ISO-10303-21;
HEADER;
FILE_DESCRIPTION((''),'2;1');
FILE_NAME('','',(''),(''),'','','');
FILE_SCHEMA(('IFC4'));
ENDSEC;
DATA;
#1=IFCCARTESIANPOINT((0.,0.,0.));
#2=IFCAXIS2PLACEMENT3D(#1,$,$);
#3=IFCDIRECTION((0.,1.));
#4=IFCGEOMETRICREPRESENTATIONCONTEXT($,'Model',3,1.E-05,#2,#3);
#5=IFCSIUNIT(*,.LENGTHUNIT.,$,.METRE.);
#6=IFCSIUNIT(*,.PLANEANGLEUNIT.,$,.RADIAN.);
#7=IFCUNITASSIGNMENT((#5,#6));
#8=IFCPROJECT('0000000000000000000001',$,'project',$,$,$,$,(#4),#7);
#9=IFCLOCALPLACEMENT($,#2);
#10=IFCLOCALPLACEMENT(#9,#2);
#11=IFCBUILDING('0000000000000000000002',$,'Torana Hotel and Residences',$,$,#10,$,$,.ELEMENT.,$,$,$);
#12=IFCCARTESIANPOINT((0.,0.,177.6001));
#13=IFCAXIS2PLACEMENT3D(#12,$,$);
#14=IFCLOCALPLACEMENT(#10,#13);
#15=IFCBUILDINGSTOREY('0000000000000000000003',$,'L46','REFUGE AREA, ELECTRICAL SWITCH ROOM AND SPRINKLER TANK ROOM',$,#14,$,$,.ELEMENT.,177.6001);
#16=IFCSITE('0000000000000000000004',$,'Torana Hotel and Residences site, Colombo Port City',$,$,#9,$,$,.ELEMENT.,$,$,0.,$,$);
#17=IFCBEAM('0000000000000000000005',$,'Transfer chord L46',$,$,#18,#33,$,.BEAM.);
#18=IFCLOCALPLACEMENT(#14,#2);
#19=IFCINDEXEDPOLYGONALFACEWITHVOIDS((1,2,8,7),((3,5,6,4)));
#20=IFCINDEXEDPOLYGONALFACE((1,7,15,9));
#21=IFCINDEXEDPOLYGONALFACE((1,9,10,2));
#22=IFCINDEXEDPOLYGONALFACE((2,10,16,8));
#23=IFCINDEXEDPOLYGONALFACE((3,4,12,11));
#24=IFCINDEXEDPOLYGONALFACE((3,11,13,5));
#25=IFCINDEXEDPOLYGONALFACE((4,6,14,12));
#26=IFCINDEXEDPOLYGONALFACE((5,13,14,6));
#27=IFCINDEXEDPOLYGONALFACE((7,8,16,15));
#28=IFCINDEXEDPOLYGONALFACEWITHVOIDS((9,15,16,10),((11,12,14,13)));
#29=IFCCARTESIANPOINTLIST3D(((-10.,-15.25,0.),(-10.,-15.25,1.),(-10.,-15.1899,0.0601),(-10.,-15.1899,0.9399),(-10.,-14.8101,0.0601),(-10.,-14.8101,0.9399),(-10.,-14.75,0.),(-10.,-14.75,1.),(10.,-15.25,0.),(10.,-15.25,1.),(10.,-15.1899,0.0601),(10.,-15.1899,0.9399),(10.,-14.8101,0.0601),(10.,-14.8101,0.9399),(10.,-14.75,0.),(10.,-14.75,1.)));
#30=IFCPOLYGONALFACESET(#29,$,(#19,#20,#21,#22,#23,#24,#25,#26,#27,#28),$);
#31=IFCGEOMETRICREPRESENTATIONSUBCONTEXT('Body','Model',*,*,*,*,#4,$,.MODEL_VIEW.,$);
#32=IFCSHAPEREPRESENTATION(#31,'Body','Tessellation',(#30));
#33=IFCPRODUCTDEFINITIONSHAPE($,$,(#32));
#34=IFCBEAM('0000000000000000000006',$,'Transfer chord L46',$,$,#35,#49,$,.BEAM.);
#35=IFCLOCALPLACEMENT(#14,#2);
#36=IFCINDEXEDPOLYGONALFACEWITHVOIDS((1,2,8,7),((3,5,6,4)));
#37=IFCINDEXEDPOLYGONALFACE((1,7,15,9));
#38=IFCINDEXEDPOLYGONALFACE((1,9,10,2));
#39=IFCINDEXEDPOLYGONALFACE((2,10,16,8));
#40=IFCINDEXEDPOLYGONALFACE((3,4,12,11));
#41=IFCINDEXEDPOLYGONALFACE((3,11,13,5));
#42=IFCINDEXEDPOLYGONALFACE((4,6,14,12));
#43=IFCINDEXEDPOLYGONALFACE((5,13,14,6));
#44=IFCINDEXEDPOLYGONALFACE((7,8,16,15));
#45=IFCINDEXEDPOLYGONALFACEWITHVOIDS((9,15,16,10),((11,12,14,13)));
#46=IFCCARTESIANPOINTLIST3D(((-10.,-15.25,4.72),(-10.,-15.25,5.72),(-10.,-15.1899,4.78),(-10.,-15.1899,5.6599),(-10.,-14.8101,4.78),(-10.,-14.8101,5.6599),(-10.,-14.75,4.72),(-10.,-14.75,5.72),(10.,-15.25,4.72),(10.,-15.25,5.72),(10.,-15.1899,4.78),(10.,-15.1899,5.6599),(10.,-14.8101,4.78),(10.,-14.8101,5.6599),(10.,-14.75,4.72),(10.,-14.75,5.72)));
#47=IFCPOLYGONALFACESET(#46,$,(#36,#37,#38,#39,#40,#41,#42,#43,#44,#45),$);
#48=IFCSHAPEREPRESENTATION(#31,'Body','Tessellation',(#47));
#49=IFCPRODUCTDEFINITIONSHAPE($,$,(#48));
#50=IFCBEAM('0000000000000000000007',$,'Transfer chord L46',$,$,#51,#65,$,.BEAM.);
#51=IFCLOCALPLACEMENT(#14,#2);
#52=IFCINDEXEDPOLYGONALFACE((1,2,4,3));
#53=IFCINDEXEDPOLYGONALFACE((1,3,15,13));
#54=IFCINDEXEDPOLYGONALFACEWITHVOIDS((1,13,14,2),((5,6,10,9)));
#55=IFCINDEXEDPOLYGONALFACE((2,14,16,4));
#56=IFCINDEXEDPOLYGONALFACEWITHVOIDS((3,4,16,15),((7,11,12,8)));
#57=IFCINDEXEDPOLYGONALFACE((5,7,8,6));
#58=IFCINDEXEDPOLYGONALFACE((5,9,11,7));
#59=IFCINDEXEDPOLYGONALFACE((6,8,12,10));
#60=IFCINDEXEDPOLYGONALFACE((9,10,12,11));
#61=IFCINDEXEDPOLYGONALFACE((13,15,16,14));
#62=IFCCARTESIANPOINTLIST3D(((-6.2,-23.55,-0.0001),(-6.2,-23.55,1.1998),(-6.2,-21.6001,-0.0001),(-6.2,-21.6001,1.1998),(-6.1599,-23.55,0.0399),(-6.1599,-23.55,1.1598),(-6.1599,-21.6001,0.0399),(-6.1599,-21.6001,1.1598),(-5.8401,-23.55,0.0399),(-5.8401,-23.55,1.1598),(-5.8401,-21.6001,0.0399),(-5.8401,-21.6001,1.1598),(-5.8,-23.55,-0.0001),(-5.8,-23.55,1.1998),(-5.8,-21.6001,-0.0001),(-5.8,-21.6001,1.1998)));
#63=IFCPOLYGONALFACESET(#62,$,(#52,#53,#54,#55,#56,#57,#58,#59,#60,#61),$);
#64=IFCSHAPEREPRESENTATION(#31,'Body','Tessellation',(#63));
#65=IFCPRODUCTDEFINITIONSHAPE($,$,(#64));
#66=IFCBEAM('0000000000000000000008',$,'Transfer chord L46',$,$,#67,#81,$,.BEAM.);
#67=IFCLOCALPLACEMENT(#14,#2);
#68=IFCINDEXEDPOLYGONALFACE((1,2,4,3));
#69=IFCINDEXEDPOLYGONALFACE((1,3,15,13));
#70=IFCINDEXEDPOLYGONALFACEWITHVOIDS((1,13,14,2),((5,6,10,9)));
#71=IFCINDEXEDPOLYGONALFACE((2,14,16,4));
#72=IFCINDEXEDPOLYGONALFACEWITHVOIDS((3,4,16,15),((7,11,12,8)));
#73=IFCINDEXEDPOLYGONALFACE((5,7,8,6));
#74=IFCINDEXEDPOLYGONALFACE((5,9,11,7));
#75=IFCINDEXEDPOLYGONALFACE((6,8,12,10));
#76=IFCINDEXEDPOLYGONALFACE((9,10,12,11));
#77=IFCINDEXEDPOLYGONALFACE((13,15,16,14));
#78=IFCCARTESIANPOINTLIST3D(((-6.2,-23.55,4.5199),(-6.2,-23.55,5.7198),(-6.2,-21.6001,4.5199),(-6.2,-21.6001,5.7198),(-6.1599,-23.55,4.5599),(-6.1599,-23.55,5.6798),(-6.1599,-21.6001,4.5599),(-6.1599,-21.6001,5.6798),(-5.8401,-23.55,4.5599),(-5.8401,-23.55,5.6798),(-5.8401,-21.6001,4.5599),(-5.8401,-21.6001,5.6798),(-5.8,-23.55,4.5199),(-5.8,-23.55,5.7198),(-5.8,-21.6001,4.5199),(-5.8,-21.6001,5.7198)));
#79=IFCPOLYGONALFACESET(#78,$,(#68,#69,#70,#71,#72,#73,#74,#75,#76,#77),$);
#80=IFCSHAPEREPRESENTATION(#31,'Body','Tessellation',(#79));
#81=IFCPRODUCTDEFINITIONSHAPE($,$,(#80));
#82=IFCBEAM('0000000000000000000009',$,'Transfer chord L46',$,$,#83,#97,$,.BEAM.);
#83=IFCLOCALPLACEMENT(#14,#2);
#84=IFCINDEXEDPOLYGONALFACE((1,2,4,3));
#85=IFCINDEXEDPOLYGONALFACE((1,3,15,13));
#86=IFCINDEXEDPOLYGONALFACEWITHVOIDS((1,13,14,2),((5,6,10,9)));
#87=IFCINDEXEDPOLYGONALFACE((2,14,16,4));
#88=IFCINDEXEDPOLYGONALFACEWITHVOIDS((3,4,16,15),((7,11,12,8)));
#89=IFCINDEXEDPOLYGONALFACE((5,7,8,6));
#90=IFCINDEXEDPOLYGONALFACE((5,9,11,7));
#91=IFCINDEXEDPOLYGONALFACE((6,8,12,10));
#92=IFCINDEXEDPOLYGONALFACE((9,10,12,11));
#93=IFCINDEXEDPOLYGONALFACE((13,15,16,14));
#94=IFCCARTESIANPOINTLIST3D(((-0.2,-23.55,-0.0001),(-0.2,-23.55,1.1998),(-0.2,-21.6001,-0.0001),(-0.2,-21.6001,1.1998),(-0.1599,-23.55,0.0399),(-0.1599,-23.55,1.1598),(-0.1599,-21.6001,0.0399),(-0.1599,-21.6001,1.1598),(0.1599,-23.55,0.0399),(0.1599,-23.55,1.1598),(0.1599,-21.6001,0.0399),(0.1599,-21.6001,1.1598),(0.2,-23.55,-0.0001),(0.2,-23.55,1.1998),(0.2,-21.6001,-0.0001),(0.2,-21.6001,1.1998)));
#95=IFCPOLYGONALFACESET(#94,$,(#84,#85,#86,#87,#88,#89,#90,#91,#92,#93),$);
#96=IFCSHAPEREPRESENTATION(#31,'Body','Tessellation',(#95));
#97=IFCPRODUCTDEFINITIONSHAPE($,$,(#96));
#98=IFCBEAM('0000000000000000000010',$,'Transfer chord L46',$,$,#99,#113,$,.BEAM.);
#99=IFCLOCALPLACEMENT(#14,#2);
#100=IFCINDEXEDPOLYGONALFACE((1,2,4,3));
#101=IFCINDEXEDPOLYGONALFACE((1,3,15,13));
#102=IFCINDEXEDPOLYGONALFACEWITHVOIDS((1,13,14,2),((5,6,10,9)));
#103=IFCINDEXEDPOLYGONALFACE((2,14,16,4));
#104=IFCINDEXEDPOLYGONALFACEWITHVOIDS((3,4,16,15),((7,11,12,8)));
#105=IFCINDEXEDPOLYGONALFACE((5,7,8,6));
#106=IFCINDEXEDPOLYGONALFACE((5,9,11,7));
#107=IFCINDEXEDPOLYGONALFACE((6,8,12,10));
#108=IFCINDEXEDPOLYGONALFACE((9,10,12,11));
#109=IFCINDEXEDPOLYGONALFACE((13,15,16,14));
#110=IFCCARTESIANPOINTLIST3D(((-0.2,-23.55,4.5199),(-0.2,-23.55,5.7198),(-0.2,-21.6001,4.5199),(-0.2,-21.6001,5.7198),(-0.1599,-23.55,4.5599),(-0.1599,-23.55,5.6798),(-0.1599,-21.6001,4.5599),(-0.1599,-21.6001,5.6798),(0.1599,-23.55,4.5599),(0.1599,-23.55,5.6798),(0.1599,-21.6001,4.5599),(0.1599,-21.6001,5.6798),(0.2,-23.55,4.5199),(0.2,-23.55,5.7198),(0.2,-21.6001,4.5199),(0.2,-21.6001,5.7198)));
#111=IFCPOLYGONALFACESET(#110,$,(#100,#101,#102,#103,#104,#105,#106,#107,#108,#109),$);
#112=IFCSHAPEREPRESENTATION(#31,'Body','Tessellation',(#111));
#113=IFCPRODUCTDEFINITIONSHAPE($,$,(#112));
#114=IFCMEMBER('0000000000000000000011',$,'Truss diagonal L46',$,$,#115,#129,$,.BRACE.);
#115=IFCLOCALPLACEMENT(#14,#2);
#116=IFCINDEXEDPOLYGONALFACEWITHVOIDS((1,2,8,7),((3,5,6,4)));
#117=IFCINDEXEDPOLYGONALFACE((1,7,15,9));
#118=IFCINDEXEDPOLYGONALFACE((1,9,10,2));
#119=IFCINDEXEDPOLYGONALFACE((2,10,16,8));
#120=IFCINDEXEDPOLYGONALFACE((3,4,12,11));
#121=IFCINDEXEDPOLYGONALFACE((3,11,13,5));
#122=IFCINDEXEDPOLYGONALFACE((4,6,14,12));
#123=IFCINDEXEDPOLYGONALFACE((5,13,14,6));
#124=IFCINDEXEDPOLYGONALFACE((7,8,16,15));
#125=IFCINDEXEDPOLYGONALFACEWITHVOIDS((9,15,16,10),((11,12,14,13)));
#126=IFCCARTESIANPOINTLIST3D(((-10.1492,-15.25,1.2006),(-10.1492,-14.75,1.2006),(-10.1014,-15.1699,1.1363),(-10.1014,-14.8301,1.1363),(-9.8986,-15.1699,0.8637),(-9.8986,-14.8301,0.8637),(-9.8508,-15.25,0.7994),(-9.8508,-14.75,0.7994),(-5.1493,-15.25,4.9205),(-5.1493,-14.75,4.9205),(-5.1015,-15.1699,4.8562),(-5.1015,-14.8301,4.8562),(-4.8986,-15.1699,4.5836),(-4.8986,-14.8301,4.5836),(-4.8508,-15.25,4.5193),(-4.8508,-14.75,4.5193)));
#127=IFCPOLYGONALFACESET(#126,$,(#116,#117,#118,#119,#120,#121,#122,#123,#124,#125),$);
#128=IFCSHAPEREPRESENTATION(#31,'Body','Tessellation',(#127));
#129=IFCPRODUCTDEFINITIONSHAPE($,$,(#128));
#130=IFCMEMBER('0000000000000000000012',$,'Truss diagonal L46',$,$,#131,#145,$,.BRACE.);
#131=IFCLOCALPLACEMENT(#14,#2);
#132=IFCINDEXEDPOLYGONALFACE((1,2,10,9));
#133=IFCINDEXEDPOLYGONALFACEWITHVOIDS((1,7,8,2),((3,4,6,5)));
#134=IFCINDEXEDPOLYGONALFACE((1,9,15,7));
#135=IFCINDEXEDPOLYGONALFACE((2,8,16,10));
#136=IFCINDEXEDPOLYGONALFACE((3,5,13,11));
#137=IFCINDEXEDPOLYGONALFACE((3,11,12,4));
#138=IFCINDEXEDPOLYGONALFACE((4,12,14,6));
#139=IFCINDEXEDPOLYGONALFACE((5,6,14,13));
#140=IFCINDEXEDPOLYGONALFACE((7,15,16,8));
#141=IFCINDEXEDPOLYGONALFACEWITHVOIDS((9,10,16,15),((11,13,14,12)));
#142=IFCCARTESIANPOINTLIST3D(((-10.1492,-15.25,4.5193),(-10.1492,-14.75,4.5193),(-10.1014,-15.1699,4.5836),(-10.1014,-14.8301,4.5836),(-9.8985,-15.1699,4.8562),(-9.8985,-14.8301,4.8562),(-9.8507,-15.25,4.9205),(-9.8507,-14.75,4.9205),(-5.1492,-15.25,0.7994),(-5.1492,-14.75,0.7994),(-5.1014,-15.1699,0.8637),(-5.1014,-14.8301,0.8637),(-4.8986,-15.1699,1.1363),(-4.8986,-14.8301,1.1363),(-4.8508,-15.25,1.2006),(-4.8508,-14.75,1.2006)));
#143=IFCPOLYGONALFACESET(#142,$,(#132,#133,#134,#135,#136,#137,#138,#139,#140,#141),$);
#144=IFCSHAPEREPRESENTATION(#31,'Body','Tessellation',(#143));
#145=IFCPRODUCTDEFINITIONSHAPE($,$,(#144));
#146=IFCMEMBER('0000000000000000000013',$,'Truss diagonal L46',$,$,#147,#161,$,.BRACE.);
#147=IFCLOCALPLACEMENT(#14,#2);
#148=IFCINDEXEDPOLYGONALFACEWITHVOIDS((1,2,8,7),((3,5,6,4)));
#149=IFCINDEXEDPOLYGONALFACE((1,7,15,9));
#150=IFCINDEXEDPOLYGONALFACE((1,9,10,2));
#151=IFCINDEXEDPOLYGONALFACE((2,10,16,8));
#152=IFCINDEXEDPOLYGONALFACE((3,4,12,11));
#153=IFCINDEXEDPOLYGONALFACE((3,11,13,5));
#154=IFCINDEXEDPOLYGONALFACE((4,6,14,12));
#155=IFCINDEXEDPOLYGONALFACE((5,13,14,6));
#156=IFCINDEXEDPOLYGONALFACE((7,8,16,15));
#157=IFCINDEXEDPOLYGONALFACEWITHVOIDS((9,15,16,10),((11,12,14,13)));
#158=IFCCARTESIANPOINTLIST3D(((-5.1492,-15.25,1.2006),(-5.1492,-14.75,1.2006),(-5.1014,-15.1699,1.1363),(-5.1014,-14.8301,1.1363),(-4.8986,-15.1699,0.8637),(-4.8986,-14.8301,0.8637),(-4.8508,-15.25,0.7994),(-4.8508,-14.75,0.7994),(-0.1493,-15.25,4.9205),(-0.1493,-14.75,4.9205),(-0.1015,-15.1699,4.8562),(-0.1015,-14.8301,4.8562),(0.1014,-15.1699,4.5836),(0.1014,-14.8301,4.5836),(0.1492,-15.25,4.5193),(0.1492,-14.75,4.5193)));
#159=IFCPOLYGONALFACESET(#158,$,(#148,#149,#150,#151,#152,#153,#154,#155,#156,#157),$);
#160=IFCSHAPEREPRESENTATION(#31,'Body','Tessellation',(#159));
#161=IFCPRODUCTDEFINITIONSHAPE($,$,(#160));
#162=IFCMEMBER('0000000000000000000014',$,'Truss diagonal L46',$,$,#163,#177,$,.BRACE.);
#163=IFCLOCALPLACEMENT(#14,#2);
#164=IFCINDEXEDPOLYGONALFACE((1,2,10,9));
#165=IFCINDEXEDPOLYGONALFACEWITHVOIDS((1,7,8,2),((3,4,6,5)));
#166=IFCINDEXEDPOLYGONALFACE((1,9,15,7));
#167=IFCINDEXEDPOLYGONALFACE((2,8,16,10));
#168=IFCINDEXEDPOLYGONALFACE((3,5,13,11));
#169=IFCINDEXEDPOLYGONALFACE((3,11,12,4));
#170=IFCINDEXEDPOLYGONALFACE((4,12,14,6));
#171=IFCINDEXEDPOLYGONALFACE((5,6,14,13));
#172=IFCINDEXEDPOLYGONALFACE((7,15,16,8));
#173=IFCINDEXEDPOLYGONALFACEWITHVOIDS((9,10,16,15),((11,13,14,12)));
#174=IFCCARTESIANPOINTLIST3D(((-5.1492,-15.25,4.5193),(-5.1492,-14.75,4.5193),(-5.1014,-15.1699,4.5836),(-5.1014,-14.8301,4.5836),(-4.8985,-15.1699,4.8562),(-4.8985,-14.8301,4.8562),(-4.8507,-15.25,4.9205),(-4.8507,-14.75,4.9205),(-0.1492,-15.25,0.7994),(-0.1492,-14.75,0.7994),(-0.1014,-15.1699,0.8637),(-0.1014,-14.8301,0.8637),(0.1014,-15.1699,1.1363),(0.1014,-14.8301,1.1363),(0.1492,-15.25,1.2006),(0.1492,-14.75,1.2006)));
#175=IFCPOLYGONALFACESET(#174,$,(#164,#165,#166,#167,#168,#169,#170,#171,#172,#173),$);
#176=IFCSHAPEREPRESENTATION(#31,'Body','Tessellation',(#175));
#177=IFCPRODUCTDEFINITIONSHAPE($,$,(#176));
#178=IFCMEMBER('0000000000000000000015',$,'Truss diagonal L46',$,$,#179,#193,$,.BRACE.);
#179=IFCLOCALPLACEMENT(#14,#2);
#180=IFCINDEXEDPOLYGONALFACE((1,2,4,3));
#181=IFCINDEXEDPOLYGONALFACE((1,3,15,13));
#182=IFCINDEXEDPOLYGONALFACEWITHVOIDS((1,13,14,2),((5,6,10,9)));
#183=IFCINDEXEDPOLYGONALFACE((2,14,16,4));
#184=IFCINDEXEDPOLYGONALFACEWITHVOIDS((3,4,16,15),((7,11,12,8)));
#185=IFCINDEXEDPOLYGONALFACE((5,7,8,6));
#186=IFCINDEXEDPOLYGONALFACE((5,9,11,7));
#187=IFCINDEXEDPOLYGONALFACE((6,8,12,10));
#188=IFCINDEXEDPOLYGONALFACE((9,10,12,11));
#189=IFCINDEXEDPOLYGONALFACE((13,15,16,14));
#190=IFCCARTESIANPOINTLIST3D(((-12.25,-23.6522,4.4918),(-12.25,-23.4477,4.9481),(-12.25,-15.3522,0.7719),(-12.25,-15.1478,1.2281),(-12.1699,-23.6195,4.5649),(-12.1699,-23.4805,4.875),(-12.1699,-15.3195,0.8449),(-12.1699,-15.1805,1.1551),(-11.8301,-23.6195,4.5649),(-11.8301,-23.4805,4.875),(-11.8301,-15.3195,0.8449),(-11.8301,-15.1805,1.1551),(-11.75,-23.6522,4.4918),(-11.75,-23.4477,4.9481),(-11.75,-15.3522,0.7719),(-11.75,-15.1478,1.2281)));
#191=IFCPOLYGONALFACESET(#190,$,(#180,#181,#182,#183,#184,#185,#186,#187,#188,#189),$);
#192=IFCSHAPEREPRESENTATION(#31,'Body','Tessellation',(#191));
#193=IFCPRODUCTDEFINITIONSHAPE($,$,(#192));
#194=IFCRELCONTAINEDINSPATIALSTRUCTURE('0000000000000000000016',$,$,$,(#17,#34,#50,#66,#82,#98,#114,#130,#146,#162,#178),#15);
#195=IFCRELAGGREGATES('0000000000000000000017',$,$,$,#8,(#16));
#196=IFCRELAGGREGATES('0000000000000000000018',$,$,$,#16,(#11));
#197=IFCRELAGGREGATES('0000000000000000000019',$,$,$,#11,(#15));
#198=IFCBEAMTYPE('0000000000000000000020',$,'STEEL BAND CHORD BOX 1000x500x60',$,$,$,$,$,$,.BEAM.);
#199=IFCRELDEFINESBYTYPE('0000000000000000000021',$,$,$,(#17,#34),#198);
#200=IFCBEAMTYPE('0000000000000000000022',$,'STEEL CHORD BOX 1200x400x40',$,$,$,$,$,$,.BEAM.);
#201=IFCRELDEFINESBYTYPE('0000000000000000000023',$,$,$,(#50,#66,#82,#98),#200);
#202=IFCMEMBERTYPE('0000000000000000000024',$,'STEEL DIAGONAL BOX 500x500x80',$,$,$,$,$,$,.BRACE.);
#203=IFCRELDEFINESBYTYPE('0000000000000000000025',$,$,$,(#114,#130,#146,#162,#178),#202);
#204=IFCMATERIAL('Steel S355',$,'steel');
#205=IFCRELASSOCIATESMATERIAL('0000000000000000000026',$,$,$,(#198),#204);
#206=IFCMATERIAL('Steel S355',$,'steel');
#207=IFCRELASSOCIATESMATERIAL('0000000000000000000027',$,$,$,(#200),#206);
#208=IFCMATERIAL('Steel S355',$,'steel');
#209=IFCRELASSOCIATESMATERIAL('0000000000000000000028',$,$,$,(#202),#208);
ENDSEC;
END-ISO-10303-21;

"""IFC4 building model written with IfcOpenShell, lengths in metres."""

from ifc_helpers import new_model, si_unit, direction, frame, origin, origin_2d, place, context, subcontext, project, spatial, hollow_rectangle, extrude, material, material_profile, profile_set, type_object, element, save


model = new_model("IFC4")

# Units and contexts
model_context = context("Model", 3, precision=1e-05, world=origin(), true_north=direction((0.0, 1.0)))
body_context = subcontext(model_context, "Body", "Model", "MODEL_VIEW")
ifc_project = project(units=[si_unit("LENGTHUNIT", "METRE"), si_unit("PLANEANGLEUNIT", "RADIAN")], contexts=[model_context])

# Site, building, storey
site_placement = place(None, origin())
site = spatial("IfcSite", under=ifc_project, at=site_placement, Name="Torana Hotel and Residences site, Colombo Port City", CompositionType="ELEMENT", RefElevation=0.0)
building_placement = place(site_placement, origin())
building = spatial("IfcBuilding", under=site, at=building_placement, Name="Torana Hotel and Residences", CompositionType="ELEMENT")
storey_placement = place(building_placement, frame((0.0, 0.0, 177.6001)))
storey = spatial("IfcBuildingStorey", under=building, at=storey_placement, Name="L46", Description="REFUGE AREA, ELECTRICAL SWITCH ROOM AND SPRINKLER TANK ROOM", CompositionType="ELEMENT", Elevation=177.6001)

# Beams
ifc_material_1 = material(Name="Steel S355", Category="steel")
ifc_material_profile_1 = material_profile(ifc_material_1, hollow_rectangle(XDim=0.5, YDim=1.0, WallThickness=0.0601, at=origin_2d()), Name="BOX 1000x500x60")
ifc_profile_set_1 = profile_set([ifc_material_profile_1], Name="Steel S355")
beam_type_1 = type_object("IfcBeamType", Name="STEEL BAND CHORD BOX 1000x500x60", PredefinedType="BEAM", material=ifc_profile_set_1)
for number, where, z_axis, x_axis, name in (
    (1, (-10.0, -15.0, 0.5), (1.0, 0.0, 0.0), (0.0, 1.0, 0.0), "Transfer chord L46"),
    (2, (-10.0, -15.0, 5.22), (1.0, 0.0, 0.0), (0.0, 1.0, 0.0), "Transfer chord L46"),
):
    element("IfcBeam", number, at=place(storey_placement, frame(where, z_axis=z_axis, x_axis=x_axis)), inside=storey, type_object=beam_type_1, Name=name, PredefinedType="BEAM", context=body_context, shape_type="SweptSolid", body=[
        extrude(hollow_rectangle(XDim=0.5, YDim=1.0, WallThickness=0.0601, at=origin_2d()), origin(), (0.0, 0.0, 1.0), 20.0),
    ])
ifc_material_2 = material(Name="Steel S355", Category="steel")
ifc_material_profile_2 = material_profile(ifc_material_2, hollow_rectangle(XDim=0.3999, YDim=1.2, WallThickness=0.04, at=origin_2d()), Name="BOX 1200x400x40")
ifc_profile_set_2 = profile_set([ifc_material_profile_2], Name="Steel S355")
beam_type_2 = type_object("IfcBeamType", Name="STEEL CHORD BOX 1200x400x40", PredefinedType="BEAM", material=ifc_profile_set_2)
for number, where, z_axis, x_axis, name in (
    (3, (-6.0, -23.55, 0.5999), (0.0, 1.0, 0.0), (-1.0, 0.0, 0.0), "Transfer chord L46"),
    (4, (-6.0, -23.55, 5.1199), (0.0, 1.0, 0.0), (-1.0, 0.0, 0.0), "Transfer chord L46"),
    (5, (0.0, -23.55, 0.5999), (0.0, 1.0, 0.0), (-1.0, 0.0, 0.0), "Transfer chord L46"),
    (6, (0.0, -23.55, 5.1199), (0.0, 1.0, 0.0), (-1.0, 0.0, 0.0), "Transfer chord L46"),
):
    element("IfcBeam", number, at=place(storey_placement, frame(where, z_axis=z_axis, x_axis=x_axis)), inside=storey, type_object=beam_type_2, Name=name, PredefinedType="BEAM", context=body_context, shape_type="SweptSolid", body=[
        extrude(hollow_rectangle(XDim=0.3999, YDim=1.2, WallThickness=0.04, at=origin_2d()), origin(), (0.0, 0.0, 1.0), 1.95),
    ])

# Members
ifc_material_3 = material(Name="Steel S355", Category="steel")
ifc_material_profile_3 = material_profile(ifc_material_3, hollow_rectangle(XDim=0.5, YDim=0.5, WallThickness=0.0801, at=origin_2d()), Name="BOX 500x500x80")
ifc_profile_set_3 = profile_set([ifc_material_profile_3], Name="Steel S355")
member_type_1 = type_object("IfcMemberType", Name="STEEL DIAGONAL BOX 500x500x80", PredefinedType="BRACE", material=ifc_profile_set_3)
for number, where, z_axis, x_axis, name in (
    (7, (-10.0, -15.0, 1.0), (0.802307, 0.0, 0.596912), (0.0, 1.0, 0.0), "Truss diagonal L46"),
    (8, (-5.0, -15.0, 1.0), (-0.802307, 0.0, 0.596912), (0.0, -1.0, 0.0), "Truss diagonal L46"),
    (9, (-5.0, -15.0, 1.0), (0.802307, 0.0, 0.596912), (0.0, 1.0, 0.0), "Truss diagonal L46"),
    (10, (0.0, -15.0, 1.0), (-0.802307, 0.0, 0.596912), (0.0, -1.0, 0.0), "Truss diagonal L46"),
):
    element("IfcMember", number, at=place(storey_placement, frame(where, z_axis=z_axis, x_axis=x_axis)), inside=storey, type_object=member_type_1, Name=name, PredefinedType="BRACE", context=body_context, shape_type="SweptSolid", body=[
        extrude(hollow_rectangle(XDim=0.5, YDim=0.5, WallThickness=0.0801, at=origin_2d()), origin(), (0.0, 0.0, 1.0), 6.2319),
    ])
member_placement = place(storey_placement, frame((-12.0, -15.25, 1.0), z_axis=(0.0, -0.91254, 0.408988), x_axis=(1.0, 0.0, 0.0)))
element("IfcMember", 11, at=member_placement, inside=storey, type_object=member_type_1, Name="Truss diagonal L46", PredefinedType="BRACE", context=body_context, shape_type="SweptSolid", body=[
    extrude(hollow_rectangle(XDim=0.5, YDim=0.5, WallThickness=0.0801, at=origin_2d()), origin(), (0.0, 0.0, 1.0), 9.0955),
])

save(model, "model.ifc")
